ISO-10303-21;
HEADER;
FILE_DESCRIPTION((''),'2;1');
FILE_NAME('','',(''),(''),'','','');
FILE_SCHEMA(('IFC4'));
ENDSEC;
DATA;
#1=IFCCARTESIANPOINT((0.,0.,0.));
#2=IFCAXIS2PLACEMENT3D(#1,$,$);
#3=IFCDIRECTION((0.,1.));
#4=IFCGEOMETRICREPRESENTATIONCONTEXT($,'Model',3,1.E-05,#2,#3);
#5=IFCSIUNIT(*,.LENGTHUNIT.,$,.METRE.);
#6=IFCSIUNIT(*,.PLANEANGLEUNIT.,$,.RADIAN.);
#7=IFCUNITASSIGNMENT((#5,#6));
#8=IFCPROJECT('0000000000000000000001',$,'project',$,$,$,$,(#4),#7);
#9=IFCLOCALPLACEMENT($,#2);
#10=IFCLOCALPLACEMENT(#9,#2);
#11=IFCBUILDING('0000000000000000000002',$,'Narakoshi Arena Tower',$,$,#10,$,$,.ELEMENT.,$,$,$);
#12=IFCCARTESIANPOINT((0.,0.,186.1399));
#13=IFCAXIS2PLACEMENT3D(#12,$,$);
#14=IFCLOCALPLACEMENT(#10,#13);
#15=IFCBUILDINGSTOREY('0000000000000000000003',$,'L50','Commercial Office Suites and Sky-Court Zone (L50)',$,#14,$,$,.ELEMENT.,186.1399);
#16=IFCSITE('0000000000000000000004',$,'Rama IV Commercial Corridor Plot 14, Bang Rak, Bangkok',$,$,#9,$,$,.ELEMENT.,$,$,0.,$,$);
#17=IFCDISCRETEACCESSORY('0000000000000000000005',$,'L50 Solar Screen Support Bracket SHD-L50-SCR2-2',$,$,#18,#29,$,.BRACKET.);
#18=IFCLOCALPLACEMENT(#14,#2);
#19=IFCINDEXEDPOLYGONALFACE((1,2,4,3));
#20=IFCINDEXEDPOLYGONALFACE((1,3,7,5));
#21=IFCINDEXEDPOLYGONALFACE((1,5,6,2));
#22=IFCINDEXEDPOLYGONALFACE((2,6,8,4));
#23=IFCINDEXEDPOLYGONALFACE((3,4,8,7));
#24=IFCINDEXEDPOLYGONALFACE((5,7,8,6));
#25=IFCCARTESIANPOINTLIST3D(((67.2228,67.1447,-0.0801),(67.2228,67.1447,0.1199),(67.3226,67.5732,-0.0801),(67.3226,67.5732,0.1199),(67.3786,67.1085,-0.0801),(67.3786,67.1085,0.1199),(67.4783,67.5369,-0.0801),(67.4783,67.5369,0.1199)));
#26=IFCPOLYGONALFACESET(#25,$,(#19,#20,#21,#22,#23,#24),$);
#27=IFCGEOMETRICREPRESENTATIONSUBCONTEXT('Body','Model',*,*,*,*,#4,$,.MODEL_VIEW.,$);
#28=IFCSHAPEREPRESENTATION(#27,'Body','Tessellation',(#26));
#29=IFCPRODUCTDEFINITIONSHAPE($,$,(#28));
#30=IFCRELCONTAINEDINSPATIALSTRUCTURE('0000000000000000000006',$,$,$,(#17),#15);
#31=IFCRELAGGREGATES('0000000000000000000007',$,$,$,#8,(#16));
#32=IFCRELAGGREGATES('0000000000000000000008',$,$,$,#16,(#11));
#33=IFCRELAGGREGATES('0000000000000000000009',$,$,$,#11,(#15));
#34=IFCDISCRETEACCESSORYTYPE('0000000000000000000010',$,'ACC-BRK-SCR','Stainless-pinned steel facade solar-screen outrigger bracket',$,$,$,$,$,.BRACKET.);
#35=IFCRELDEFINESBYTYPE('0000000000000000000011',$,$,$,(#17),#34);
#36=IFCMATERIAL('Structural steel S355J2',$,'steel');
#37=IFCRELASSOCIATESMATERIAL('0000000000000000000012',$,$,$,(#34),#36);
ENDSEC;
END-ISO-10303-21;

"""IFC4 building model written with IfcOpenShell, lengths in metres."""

from ifc_helpers import new_model, si_unit, direction, frame, origin, origin_2d, place, context, subcontext, project, spatial, rectangle, extrude, material, type_object, element, save


model = new_model("IFC4")

# Units and contexts
model_context = context("Model", 3, precision=1e-05, world=origin(), true_north=direction((0.0, 1.0)))
body_context = subcontext(model_context, "Body", "Model", "MODEL_VIEW")
ifc_project = project(units=[si_unit("LENGTHUNIT", "METRE"), si_unit("PLANEANGLEUNIT", "RADIAN")], contexts=[model_context])

# Site, building, storey
site_placement = place(None, origin())
site = spatial("IfcSite", under=ifc_project, at=site_placement, Name="Rama IV Commercial Corridor Plot 14, Bang Rak, Bangkok", CompositionType="ELEMENT", RefElevation=0.0)
building_placement = place(site_placement, origin())
building = spatial("IfcBuilding", under=site, at=building_placement, Name="Narakoshi Arena Tower", CompositionType="ELEMENT")
storey_placement = place(building_placement, frame((0.0, 0.0, 186.1399)))
storey = spatial("IfcBuildingStorey", under=building, at=storey_placement, Name="L50", Description="Commercial Office Suites and Sky-Court Zone (L50)", CompositionType="ELEMENT", Elevation=186.1399)

# Shared definitions
ifc_material_1 = material(Name="Structural steel S355J2", Category="steel")

# Discrete accessory
discrete_accessory_type = type_object("IfcDiscreteAccessoryType", Name="ACC-BRK-SCR", Description="Stainless-pinned steel facade solar-screen outrigger bracket", PredefinedType="BRACKET", material=ifc_material_1)
discrete_accessory_placement = place(storey_placement, frame((67.3506, 67.3408, -0.0801), z_axis=(0.0, 0.0, 1.0), x_axis=(-0.97396, 0.226719, 0.0)))
element("IfcDiscreteAccessory", 1, at=discrete_accessory_placement, inside=storey, type_object=discrete_accessory_type, Name="L50 Solar Screen Support Bracket SHD-L50-SCR2-2", PredefinedType="BRACKET", context=body_context, shape_type="SweptSolid", body=[
    extrude(rectangle(XDim=0.1599, YDim=0.4399, at=origin_2d()), origin(), (0.0, 0.0, 1.0), 0.2),
])

save(model, "model.ifc")
